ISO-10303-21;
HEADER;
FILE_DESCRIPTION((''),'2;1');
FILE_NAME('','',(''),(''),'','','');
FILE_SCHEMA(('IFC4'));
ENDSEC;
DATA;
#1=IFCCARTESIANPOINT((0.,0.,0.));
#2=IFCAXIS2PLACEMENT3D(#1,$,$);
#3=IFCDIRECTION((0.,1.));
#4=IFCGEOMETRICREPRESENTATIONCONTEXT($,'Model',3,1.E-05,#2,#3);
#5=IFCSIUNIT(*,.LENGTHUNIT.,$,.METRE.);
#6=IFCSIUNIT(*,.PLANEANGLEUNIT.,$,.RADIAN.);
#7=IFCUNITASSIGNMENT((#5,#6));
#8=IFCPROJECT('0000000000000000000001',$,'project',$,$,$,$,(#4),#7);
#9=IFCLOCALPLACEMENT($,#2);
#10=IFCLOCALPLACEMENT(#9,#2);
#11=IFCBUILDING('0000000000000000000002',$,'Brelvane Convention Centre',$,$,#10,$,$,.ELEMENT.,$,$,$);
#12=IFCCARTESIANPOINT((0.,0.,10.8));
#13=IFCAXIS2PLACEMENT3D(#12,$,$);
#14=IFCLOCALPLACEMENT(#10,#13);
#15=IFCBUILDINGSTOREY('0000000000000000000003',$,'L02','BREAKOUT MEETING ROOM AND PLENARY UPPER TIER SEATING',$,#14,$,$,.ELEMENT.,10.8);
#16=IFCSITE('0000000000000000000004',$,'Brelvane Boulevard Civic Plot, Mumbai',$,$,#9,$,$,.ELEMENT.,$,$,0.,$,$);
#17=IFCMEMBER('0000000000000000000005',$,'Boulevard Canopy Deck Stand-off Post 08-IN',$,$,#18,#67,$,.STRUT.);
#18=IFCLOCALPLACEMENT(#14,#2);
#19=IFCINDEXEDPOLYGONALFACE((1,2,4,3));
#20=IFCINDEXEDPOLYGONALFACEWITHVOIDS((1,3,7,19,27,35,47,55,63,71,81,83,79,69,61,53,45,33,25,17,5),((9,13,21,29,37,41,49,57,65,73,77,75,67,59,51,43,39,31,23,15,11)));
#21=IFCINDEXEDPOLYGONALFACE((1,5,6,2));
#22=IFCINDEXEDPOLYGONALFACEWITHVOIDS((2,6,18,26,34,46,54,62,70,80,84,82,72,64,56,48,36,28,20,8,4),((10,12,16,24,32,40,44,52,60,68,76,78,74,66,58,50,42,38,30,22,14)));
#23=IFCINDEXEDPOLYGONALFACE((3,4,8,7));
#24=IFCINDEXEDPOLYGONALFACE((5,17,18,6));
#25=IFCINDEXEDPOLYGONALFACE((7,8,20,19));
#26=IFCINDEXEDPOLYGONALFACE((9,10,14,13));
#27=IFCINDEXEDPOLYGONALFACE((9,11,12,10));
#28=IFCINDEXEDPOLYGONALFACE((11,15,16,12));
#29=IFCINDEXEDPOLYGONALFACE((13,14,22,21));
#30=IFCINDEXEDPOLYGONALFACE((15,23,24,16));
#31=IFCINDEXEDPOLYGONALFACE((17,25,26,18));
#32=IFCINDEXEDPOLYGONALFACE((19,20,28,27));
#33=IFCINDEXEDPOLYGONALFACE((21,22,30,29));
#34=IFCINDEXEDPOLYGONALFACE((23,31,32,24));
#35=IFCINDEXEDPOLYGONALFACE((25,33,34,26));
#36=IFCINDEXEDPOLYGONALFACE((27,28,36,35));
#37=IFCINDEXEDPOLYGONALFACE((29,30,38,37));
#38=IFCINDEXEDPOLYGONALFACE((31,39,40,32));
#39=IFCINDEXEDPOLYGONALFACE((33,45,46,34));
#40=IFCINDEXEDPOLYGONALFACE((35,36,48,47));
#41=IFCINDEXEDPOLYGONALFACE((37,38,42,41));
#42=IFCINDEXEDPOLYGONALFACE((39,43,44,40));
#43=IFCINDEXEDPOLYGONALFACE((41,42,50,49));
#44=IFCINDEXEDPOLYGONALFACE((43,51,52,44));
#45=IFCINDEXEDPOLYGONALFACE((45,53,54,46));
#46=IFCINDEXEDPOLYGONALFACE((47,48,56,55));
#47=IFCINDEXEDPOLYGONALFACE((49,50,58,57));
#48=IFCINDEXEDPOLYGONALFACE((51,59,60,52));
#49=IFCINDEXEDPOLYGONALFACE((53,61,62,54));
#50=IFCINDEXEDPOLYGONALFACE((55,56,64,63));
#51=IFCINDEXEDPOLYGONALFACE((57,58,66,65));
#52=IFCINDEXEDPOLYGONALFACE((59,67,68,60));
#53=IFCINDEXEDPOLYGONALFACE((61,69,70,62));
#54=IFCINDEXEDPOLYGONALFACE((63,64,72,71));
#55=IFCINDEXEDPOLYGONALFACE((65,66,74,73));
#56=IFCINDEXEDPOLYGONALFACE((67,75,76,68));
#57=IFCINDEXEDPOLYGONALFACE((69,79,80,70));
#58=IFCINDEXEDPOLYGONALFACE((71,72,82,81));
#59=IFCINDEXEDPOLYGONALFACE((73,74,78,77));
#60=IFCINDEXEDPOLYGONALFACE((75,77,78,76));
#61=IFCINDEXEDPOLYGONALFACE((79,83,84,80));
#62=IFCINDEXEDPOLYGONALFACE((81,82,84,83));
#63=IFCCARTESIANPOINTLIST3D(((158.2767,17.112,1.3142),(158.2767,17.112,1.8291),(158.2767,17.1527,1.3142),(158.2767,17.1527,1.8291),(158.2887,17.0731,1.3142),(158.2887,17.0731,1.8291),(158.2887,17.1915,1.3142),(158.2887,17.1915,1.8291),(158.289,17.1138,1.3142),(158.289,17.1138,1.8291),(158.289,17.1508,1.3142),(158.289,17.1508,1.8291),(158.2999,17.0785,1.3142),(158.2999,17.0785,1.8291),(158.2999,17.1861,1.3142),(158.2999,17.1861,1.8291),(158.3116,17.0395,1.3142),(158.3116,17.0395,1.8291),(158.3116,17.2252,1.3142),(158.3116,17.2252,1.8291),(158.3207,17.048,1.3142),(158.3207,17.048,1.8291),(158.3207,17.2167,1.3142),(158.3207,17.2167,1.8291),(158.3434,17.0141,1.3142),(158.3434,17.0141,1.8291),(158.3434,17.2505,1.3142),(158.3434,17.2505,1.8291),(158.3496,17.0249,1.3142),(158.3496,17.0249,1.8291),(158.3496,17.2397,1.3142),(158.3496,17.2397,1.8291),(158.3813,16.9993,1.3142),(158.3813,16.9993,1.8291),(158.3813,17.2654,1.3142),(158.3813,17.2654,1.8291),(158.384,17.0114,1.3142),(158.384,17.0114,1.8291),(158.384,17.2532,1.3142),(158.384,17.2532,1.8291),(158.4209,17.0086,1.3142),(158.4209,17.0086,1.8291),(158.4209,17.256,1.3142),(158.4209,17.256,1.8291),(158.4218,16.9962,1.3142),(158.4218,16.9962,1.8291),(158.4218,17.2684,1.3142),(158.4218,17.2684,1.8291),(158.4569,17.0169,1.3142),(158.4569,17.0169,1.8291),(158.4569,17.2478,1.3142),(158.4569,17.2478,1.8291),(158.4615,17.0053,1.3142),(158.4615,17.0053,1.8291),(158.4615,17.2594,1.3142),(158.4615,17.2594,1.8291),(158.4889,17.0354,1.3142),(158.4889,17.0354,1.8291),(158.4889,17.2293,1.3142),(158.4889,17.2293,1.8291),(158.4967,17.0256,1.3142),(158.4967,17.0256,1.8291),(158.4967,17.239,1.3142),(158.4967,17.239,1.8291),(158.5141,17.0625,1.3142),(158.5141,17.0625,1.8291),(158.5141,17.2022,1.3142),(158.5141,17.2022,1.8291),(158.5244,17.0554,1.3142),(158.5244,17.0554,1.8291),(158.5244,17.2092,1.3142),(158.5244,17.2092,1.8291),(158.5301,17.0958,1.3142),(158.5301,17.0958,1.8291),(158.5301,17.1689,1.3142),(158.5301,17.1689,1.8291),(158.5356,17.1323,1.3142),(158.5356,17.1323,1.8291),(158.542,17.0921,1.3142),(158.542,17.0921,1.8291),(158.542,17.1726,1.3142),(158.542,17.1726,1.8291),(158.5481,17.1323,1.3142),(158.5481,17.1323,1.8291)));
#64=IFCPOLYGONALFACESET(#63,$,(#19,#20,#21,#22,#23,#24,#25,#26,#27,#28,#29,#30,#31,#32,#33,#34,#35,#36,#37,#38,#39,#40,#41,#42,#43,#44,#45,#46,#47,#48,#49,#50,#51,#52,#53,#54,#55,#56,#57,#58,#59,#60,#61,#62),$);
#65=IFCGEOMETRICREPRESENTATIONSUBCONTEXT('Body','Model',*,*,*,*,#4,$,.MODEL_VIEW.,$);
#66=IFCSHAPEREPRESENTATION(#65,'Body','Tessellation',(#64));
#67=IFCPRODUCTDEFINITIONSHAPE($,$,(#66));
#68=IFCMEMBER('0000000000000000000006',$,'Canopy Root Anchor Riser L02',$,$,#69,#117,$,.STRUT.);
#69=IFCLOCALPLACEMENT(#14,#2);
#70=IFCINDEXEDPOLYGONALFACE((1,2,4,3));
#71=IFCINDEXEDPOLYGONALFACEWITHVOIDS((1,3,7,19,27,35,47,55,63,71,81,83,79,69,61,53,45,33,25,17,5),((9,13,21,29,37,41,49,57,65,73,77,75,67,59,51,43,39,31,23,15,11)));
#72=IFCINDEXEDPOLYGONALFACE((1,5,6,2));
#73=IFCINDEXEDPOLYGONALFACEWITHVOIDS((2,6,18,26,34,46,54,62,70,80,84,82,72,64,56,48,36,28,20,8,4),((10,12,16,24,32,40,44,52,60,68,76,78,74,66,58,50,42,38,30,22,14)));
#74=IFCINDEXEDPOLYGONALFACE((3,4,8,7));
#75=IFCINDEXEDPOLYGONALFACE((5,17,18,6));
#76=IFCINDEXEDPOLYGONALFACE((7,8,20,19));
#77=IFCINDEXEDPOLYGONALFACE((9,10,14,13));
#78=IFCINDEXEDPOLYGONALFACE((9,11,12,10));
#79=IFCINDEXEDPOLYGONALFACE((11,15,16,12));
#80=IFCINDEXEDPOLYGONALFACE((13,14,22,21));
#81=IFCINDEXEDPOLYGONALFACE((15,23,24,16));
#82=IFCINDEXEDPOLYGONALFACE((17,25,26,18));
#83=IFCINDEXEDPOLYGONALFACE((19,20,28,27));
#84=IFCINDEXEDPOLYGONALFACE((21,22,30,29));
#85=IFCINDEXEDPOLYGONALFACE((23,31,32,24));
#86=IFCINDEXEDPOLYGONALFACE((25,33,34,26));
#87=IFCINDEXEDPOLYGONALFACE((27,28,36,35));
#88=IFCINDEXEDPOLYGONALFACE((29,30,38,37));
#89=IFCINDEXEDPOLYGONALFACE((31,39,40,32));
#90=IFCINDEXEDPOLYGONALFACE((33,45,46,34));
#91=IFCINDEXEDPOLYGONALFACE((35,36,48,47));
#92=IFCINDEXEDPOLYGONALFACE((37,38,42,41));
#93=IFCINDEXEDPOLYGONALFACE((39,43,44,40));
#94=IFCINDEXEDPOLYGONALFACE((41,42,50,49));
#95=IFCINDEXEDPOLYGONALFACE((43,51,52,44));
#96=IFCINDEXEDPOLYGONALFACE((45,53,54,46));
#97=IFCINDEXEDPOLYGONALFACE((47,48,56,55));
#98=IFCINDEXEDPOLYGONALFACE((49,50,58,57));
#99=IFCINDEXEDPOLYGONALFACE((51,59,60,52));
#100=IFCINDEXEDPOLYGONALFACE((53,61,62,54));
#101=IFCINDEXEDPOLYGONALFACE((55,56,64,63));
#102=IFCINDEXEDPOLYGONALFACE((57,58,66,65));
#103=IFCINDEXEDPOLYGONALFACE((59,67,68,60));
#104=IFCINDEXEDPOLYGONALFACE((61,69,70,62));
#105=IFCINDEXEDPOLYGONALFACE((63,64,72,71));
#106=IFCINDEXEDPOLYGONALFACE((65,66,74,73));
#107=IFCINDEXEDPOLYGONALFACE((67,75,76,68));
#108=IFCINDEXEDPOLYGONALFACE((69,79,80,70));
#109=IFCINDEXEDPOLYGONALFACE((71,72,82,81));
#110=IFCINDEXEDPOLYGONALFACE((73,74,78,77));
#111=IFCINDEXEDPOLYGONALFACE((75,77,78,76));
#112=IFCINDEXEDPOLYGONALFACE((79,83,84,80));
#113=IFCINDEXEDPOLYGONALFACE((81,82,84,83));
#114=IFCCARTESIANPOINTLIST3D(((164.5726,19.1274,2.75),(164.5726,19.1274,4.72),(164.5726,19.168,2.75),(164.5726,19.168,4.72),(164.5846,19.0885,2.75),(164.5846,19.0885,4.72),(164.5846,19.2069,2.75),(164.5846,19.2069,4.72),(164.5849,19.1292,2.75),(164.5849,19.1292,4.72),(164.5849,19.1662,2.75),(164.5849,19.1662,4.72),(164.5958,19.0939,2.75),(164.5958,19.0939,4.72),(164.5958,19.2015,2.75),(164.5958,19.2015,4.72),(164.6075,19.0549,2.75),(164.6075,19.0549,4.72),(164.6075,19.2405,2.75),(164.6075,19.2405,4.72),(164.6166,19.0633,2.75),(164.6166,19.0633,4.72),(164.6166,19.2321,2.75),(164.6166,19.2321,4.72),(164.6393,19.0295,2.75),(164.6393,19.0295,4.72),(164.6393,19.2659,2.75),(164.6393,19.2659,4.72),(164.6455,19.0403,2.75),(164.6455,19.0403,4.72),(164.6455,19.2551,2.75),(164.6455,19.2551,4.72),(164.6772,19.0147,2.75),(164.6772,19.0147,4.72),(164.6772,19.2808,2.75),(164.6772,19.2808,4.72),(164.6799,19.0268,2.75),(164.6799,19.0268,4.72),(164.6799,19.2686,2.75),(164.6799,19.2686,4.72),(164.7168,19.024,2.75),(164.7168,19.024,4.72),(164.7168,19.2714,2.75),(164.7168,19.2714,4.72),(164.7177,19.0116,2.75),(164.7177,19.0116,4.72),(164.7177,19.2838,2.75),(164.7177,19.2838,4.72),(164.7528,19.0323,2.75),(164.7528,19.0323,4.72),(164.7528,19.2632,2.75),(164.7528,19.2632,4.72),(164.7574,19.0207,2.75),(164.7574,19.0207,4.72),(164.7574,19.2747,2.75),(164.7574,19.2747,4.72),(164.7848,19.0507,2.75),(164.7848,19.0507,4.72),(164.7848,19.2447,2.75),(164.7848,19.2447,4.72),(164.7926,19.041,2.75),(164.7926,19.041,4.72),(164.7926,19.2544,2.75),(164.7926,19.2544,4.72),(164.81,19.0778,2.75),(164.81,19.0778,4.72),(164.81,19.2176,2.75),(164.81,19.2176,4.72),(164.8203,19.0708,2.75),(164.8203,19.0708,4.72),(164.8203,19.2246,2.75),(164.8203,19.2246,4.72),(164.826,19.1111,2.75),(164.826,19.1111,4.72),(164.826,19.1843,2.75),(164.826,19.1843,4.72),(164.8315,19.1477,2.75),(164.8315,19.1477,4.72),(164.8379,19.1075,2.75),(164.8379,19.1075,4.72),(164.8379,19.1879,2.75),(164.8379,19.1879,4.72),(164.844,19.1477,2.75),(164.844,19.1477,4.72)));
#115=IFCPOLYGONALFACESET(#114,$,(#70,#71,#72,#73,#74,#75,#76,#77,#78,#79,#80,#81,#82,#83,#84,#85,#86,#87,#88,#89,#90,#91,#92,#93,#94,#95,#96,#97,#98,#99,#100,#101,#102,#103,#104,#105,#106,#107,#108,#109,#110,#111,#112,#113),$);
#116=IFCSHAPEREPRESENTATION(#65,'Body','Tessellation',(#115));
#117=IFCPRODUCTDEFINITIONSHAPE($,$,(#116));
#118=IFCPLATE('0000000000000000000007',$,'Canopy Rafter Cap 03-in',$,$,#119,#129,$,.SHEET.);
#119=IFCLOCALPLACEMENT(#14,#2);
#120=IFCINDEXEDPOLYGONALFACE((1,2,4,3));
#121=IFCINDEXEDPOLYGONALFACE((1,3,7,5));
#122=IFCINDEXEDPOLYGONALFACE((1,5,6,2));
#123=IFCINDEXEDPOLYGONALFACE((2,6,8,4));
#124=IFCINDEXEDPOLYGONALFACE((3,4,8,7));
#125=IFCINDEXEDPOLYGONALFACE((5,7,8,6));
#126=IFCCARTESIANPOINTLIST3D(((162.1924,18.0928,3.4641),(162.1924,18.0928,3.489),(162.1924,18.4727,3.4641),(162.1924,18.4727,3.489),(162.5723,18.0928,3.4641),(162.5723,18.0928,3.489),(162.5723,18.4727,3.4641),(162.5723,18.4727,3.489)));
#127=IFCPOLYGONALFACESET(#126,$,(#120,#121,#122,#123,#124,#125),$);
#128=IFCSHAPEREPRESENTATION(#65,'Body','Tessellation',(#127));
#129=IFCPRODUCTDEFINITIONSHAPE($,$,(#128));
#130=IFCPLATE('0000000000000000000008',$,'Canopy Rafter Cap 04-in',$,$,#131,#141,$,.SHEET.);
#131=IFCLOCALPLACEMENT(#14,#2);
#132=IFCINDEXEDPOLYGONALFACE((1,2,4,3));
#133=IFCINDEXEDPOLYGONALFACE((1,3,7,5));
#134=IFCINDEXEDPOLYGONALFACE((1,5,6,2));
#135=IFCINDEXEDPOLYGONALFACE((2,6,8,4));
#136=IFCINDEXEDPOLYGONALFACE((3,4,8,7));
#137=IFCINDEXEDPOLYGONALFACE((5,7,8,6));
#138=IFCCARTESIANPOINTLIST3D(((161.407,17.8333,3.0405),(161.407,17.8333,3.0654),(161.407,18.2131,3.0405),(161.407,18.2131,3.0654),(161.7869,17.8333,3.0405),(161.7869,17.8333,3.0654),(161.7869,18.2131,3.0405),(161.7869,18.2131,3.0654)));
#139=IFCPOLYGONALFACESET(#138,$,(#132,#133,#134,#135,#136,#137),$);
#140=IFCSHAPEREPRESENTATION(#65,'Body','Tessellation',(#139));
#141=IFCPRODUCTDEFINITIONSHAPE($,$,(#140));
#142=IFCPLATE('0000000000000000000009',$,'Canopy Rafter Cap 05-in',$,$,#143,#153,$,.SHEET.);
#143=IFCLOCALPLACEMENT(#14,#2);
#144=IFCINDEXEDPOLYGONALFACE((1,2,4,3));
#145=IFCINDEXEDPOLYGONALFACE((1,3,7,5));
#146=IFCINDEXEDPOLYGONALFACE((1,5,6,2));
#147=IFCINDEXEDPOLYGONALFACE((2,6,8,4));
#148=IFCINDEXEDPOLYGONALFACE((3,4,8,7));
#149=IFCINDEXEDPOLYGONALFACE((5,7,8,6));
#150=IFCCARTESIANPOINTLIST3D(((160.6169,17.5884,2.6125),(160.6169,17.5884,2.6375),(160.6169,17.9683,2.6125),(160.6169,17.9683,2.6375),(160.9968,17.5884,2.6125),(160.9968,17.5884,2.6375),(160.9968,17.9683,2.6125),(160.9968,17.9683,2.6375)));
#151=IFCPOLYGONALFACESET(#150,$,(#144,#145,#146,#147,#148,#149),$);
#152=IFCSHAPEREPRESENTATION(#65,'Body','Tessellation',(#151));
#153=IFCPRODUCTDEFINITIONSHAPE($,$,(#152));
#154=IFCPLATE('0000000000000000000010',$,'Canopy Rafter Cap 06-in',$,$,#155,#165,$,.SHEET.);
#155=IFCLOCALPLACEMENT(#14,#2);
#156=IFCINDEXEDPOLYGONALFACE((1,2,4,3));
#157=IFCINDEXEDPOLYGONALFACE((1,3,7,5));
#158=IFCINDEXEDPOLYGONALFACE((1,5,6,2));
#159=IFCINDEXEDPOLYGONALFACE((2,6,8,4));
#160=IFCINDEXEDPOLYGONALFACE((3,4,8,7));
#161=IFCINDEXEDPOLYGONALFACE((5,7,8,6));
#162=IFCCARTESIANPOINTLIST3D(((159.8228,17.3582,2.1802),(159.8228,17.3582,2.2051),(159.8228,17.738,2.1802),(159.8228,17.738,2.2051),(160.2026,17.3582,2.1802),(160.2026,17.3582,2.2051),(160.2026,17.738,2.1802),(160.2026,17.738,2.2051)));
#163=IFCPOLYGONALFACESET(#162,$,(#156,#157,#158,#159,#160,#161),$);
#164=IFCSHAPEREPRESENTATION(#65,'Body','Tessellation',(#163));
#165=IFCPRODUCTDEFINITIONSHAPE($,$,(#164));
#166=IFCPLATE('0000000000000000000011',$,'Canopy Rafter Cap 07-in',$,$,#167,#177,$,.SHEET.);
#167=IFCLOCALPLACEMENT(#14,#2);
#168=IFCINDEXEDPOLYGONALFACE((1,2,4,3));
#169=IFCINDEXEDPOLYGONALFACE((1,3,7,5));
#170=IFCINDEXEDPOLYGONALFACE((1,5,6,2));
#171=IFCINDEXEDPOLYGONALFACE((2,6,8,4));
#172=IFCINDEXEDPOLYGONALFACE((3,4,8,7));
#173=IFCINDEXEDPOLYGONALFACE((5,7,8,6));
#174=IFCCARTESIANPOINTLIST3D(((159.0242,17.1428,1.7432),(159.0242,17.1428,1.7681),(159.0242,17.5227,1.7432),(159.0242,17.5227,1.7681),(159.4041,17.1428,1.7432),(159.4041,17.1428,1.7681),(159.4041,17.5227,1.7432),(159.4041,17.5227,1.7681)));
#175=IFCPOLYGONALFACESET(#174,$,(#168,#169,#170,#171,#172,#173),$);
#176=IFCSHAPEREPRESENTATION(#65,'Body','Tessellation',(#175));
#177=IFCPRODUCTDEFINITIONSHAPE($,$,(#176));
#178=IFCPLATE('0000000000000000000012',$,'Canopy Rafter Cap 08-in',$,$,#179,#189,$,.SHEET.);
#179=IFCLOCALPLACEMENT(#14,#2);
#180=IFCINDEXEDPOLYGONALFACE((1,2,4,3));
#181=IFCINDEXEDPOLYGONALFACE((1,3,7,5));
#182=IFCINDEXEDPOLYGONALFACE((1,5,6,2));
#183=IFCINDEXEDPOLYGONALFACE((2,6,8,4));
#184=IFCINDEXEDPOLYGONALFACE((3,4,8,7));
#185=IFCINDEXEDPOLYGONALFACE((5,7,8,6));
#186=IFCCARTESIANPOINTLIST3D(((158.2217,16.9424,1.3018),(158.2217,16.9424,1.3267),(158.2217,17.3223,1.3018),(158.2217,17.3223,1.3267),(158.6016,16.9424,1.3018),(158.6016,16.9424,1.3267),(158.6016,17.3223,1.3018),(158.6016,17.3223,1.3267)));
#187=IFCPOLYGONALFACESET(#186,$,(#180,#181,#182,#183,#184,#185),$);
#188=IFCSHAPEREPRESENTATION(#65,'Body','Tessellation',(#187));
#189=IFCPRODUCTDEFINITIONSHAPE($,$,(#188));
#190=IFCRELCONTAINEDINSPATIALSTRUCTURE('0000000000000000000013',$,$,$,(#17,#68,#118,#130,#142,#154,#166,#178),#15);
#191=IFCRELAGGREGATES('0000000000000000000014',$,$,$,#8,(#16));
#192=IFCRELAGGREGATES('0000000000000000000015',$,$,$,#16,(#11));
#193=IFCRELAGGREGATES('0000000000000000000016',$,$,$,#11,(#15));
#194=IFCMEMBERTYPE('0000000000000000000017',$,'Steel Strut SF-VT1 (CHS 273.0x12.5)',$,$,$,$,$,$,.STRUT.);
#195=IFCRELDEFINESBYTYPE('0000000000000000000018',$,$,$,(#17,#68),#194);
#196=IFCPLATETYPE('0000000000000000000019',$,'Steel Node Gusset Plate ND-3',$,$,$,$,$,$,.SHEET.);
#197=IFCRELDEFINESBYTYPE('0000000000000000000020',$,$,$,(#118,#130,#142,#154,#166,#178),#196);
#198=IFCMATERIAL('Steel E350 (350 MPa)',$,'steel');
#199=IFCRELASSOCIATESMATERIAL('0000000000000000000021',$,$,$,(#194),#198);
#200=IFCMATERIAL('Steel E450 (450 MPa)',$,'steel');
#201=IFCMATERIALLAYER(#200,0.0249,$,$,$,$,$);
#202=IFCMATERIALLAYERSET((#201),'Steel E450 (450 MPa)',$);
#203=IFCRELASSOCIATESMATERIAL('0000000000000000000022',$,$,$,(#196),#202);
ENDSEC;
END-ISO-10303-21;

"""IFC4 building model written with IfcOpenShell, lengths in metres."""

from ifc_helpers import new_model, si_unit, direction, frame, origin, origin_2d, place, context, subcontext, project, spatial, rectangle, hollow_circle, extrude, material, layer, layer_set, material_profile, profile_set, type_object, element, save


model = new_model("IFC4")

# Units and contexts
model_context = context("Model", 3, precision=1e-05, world=origin(), true_north=direction((0.0, 1.0)))
body_context = subcontext(model_context, "Body", "Model", "MODEL_VIEW")
ifc_project = project(units=[si_unit("LENGTHUNIT", "METRE"), si_unit("PLANEANGLEUNIT", "RADIAN")], contexts=[model_context])

# Site, building, storey
site_placement = place(None, origin())
site = spatial("IfcSite", under=ifc_project, at=site_placement, Name="Brelvane Boulevard Civic Plot, Mumbai", CompositionType="ELEMENT", RefElevation=0.0)
building_placement = place(site_placement, origin())
building = spatial("IfcBuilding", under=site, at=building_placement, Name="Brelvane Convention Centre", CompositionType="ELEMENT")
storey_placement = place(building_placement, frame((0.0, 0.0, 10.8)))
storey = spatial("IfcBuildingStorey", under=building, at=storey_placement, Name="L02", Description="BREAKOUT MEETING ROOM AND PLENARY UPPER TIER SEATING", CompositionType="ELEMENT", Elevation=10.8)

# Members
ifc_material_1 = material(Name="Steel E350 (350 MPa)", Category="steel")
ifc_material_profile_1 = material_profile(ifc_material_1, hollow_circle(Radius=0.1365, WallThickness=0.0125, at=origin_2d()), Name="CHS 273.0x12.5")
ifc_profile_set_1 = profile_set([ifc_material_profile_1], Name="Steel E350 (350 MPa)")
member_type_1 = type_object("IfcMemberType", Name="Steel Strut SF-VT1 (CHS 273.0x12.5)", PredefinedType="STRUT", material=ifc_profile_set_1)
member_1_placement = place(storey_placement, frame((158.4116, 17.1323, 1.3142), z_axis=(0.0, 0.0, 1.0), x_axis=(1.0, 0.0, 0.0)))
element("IfcMember", 1, at=member_1_placement, inside=storey, type_object=member_type_1, Name="Boulevard Canopy Deck Stand-off Post 08-IN", PredefinedType="STRUT", context=body_context, shape_type="SweptSolid", body=[
    extrude(hollow_circle(Radius=0.1365, WallThickness=0.0125, at=origin_2d()), origin(), (0.0, 0.0, 1.0), 0.5149),
])
member_2_placement = place(storey_placement, frame((164.7075, 19.1477, 2.75), z_axis=(0.0, 0.0, 1.0), x_axis=(1.0, 0.0, 0.0)))
element("IfcMember", 2, at=member_2_placement, inside=storey, type_object=member_type_1, Name="Canopy Root Anchor Riser L02", PredefinedType="STRUT", context=body_context, shape_type="SweptSolid", body=[
    extrude(hollow_circle(Radius=0.1365, WallThickness=0.0125, at=origin_2d()), origin(), (0.0, 0.0, 1.0), 1.97),
])

# Plates
ifc_material_2 = material(Name="Steel E450 (450 MPa)", Category="steel")
ifc_layer = layer(ifc_material_2, 0.0249)
ifc_layer_set = layer_set([ifc_layer], Name="Steel E450 (450 MPa)")
plate_type = type_object("IfcPlateType", Name="Steel Node Gusset Plate ND-3", PredefinedType="SHEET", material=ifc_layer_set)
for number, where, z_axis, x_axis, name in (
    (3, (162.3823, 18.2827, 3.4641), (0.0, 0.0, 1.0), (1.0, 0.0, 0.0), "Canopy Rafter Cap 03-in"),
    (4, (161.5969, 18.0232, 3.0405), (0.0, 0.0, 1.0), (1.0, 0.0, 0.0), "Canopy Rafter Cap 04-in"),
    (5, (160.8069, 17.7783, 2.6125), (0.0, 0.0, 1.0), (1.0, 0.0, 0.0), "Canopy Rafter Cap 05-in"),
    (6, (160.0127, 17.5481, 2.1802), (0.0, 0.0, 1.0), (1.0, 0.0, 0.0), "Canopy Rafter Cap 06-in"),
    (7, (159.2141, 17.3328, 1.7432), (0.0, 0.0, 1.0), (1.0, 0.0, 0.0), "Canopy Rafter Cap 07-in"),
    (8, (158.4116, 17.1323, 1.3018), (0.0, 0.0, 1.0), (1.0, 0.0, 0.0), "Canopy Rafter Cap 08-in"),
):
    element("IfcPlate", number, at=place(storey_placement, frame(where, z_axis=z_axis, x_axis=x_axis)), inside=storey, type_object=plate_type, Name=name, PredefinedType="SHEET", context=body_context, shape_type="SweptSolid", body=[
        extrude(rectangle(XDim=0.3799, YDim=0.3799, at=origin_2d()), origin(), (0.0, 0.0, 1.0), 0.0249),
    ])

save(model, "model.ifc")
